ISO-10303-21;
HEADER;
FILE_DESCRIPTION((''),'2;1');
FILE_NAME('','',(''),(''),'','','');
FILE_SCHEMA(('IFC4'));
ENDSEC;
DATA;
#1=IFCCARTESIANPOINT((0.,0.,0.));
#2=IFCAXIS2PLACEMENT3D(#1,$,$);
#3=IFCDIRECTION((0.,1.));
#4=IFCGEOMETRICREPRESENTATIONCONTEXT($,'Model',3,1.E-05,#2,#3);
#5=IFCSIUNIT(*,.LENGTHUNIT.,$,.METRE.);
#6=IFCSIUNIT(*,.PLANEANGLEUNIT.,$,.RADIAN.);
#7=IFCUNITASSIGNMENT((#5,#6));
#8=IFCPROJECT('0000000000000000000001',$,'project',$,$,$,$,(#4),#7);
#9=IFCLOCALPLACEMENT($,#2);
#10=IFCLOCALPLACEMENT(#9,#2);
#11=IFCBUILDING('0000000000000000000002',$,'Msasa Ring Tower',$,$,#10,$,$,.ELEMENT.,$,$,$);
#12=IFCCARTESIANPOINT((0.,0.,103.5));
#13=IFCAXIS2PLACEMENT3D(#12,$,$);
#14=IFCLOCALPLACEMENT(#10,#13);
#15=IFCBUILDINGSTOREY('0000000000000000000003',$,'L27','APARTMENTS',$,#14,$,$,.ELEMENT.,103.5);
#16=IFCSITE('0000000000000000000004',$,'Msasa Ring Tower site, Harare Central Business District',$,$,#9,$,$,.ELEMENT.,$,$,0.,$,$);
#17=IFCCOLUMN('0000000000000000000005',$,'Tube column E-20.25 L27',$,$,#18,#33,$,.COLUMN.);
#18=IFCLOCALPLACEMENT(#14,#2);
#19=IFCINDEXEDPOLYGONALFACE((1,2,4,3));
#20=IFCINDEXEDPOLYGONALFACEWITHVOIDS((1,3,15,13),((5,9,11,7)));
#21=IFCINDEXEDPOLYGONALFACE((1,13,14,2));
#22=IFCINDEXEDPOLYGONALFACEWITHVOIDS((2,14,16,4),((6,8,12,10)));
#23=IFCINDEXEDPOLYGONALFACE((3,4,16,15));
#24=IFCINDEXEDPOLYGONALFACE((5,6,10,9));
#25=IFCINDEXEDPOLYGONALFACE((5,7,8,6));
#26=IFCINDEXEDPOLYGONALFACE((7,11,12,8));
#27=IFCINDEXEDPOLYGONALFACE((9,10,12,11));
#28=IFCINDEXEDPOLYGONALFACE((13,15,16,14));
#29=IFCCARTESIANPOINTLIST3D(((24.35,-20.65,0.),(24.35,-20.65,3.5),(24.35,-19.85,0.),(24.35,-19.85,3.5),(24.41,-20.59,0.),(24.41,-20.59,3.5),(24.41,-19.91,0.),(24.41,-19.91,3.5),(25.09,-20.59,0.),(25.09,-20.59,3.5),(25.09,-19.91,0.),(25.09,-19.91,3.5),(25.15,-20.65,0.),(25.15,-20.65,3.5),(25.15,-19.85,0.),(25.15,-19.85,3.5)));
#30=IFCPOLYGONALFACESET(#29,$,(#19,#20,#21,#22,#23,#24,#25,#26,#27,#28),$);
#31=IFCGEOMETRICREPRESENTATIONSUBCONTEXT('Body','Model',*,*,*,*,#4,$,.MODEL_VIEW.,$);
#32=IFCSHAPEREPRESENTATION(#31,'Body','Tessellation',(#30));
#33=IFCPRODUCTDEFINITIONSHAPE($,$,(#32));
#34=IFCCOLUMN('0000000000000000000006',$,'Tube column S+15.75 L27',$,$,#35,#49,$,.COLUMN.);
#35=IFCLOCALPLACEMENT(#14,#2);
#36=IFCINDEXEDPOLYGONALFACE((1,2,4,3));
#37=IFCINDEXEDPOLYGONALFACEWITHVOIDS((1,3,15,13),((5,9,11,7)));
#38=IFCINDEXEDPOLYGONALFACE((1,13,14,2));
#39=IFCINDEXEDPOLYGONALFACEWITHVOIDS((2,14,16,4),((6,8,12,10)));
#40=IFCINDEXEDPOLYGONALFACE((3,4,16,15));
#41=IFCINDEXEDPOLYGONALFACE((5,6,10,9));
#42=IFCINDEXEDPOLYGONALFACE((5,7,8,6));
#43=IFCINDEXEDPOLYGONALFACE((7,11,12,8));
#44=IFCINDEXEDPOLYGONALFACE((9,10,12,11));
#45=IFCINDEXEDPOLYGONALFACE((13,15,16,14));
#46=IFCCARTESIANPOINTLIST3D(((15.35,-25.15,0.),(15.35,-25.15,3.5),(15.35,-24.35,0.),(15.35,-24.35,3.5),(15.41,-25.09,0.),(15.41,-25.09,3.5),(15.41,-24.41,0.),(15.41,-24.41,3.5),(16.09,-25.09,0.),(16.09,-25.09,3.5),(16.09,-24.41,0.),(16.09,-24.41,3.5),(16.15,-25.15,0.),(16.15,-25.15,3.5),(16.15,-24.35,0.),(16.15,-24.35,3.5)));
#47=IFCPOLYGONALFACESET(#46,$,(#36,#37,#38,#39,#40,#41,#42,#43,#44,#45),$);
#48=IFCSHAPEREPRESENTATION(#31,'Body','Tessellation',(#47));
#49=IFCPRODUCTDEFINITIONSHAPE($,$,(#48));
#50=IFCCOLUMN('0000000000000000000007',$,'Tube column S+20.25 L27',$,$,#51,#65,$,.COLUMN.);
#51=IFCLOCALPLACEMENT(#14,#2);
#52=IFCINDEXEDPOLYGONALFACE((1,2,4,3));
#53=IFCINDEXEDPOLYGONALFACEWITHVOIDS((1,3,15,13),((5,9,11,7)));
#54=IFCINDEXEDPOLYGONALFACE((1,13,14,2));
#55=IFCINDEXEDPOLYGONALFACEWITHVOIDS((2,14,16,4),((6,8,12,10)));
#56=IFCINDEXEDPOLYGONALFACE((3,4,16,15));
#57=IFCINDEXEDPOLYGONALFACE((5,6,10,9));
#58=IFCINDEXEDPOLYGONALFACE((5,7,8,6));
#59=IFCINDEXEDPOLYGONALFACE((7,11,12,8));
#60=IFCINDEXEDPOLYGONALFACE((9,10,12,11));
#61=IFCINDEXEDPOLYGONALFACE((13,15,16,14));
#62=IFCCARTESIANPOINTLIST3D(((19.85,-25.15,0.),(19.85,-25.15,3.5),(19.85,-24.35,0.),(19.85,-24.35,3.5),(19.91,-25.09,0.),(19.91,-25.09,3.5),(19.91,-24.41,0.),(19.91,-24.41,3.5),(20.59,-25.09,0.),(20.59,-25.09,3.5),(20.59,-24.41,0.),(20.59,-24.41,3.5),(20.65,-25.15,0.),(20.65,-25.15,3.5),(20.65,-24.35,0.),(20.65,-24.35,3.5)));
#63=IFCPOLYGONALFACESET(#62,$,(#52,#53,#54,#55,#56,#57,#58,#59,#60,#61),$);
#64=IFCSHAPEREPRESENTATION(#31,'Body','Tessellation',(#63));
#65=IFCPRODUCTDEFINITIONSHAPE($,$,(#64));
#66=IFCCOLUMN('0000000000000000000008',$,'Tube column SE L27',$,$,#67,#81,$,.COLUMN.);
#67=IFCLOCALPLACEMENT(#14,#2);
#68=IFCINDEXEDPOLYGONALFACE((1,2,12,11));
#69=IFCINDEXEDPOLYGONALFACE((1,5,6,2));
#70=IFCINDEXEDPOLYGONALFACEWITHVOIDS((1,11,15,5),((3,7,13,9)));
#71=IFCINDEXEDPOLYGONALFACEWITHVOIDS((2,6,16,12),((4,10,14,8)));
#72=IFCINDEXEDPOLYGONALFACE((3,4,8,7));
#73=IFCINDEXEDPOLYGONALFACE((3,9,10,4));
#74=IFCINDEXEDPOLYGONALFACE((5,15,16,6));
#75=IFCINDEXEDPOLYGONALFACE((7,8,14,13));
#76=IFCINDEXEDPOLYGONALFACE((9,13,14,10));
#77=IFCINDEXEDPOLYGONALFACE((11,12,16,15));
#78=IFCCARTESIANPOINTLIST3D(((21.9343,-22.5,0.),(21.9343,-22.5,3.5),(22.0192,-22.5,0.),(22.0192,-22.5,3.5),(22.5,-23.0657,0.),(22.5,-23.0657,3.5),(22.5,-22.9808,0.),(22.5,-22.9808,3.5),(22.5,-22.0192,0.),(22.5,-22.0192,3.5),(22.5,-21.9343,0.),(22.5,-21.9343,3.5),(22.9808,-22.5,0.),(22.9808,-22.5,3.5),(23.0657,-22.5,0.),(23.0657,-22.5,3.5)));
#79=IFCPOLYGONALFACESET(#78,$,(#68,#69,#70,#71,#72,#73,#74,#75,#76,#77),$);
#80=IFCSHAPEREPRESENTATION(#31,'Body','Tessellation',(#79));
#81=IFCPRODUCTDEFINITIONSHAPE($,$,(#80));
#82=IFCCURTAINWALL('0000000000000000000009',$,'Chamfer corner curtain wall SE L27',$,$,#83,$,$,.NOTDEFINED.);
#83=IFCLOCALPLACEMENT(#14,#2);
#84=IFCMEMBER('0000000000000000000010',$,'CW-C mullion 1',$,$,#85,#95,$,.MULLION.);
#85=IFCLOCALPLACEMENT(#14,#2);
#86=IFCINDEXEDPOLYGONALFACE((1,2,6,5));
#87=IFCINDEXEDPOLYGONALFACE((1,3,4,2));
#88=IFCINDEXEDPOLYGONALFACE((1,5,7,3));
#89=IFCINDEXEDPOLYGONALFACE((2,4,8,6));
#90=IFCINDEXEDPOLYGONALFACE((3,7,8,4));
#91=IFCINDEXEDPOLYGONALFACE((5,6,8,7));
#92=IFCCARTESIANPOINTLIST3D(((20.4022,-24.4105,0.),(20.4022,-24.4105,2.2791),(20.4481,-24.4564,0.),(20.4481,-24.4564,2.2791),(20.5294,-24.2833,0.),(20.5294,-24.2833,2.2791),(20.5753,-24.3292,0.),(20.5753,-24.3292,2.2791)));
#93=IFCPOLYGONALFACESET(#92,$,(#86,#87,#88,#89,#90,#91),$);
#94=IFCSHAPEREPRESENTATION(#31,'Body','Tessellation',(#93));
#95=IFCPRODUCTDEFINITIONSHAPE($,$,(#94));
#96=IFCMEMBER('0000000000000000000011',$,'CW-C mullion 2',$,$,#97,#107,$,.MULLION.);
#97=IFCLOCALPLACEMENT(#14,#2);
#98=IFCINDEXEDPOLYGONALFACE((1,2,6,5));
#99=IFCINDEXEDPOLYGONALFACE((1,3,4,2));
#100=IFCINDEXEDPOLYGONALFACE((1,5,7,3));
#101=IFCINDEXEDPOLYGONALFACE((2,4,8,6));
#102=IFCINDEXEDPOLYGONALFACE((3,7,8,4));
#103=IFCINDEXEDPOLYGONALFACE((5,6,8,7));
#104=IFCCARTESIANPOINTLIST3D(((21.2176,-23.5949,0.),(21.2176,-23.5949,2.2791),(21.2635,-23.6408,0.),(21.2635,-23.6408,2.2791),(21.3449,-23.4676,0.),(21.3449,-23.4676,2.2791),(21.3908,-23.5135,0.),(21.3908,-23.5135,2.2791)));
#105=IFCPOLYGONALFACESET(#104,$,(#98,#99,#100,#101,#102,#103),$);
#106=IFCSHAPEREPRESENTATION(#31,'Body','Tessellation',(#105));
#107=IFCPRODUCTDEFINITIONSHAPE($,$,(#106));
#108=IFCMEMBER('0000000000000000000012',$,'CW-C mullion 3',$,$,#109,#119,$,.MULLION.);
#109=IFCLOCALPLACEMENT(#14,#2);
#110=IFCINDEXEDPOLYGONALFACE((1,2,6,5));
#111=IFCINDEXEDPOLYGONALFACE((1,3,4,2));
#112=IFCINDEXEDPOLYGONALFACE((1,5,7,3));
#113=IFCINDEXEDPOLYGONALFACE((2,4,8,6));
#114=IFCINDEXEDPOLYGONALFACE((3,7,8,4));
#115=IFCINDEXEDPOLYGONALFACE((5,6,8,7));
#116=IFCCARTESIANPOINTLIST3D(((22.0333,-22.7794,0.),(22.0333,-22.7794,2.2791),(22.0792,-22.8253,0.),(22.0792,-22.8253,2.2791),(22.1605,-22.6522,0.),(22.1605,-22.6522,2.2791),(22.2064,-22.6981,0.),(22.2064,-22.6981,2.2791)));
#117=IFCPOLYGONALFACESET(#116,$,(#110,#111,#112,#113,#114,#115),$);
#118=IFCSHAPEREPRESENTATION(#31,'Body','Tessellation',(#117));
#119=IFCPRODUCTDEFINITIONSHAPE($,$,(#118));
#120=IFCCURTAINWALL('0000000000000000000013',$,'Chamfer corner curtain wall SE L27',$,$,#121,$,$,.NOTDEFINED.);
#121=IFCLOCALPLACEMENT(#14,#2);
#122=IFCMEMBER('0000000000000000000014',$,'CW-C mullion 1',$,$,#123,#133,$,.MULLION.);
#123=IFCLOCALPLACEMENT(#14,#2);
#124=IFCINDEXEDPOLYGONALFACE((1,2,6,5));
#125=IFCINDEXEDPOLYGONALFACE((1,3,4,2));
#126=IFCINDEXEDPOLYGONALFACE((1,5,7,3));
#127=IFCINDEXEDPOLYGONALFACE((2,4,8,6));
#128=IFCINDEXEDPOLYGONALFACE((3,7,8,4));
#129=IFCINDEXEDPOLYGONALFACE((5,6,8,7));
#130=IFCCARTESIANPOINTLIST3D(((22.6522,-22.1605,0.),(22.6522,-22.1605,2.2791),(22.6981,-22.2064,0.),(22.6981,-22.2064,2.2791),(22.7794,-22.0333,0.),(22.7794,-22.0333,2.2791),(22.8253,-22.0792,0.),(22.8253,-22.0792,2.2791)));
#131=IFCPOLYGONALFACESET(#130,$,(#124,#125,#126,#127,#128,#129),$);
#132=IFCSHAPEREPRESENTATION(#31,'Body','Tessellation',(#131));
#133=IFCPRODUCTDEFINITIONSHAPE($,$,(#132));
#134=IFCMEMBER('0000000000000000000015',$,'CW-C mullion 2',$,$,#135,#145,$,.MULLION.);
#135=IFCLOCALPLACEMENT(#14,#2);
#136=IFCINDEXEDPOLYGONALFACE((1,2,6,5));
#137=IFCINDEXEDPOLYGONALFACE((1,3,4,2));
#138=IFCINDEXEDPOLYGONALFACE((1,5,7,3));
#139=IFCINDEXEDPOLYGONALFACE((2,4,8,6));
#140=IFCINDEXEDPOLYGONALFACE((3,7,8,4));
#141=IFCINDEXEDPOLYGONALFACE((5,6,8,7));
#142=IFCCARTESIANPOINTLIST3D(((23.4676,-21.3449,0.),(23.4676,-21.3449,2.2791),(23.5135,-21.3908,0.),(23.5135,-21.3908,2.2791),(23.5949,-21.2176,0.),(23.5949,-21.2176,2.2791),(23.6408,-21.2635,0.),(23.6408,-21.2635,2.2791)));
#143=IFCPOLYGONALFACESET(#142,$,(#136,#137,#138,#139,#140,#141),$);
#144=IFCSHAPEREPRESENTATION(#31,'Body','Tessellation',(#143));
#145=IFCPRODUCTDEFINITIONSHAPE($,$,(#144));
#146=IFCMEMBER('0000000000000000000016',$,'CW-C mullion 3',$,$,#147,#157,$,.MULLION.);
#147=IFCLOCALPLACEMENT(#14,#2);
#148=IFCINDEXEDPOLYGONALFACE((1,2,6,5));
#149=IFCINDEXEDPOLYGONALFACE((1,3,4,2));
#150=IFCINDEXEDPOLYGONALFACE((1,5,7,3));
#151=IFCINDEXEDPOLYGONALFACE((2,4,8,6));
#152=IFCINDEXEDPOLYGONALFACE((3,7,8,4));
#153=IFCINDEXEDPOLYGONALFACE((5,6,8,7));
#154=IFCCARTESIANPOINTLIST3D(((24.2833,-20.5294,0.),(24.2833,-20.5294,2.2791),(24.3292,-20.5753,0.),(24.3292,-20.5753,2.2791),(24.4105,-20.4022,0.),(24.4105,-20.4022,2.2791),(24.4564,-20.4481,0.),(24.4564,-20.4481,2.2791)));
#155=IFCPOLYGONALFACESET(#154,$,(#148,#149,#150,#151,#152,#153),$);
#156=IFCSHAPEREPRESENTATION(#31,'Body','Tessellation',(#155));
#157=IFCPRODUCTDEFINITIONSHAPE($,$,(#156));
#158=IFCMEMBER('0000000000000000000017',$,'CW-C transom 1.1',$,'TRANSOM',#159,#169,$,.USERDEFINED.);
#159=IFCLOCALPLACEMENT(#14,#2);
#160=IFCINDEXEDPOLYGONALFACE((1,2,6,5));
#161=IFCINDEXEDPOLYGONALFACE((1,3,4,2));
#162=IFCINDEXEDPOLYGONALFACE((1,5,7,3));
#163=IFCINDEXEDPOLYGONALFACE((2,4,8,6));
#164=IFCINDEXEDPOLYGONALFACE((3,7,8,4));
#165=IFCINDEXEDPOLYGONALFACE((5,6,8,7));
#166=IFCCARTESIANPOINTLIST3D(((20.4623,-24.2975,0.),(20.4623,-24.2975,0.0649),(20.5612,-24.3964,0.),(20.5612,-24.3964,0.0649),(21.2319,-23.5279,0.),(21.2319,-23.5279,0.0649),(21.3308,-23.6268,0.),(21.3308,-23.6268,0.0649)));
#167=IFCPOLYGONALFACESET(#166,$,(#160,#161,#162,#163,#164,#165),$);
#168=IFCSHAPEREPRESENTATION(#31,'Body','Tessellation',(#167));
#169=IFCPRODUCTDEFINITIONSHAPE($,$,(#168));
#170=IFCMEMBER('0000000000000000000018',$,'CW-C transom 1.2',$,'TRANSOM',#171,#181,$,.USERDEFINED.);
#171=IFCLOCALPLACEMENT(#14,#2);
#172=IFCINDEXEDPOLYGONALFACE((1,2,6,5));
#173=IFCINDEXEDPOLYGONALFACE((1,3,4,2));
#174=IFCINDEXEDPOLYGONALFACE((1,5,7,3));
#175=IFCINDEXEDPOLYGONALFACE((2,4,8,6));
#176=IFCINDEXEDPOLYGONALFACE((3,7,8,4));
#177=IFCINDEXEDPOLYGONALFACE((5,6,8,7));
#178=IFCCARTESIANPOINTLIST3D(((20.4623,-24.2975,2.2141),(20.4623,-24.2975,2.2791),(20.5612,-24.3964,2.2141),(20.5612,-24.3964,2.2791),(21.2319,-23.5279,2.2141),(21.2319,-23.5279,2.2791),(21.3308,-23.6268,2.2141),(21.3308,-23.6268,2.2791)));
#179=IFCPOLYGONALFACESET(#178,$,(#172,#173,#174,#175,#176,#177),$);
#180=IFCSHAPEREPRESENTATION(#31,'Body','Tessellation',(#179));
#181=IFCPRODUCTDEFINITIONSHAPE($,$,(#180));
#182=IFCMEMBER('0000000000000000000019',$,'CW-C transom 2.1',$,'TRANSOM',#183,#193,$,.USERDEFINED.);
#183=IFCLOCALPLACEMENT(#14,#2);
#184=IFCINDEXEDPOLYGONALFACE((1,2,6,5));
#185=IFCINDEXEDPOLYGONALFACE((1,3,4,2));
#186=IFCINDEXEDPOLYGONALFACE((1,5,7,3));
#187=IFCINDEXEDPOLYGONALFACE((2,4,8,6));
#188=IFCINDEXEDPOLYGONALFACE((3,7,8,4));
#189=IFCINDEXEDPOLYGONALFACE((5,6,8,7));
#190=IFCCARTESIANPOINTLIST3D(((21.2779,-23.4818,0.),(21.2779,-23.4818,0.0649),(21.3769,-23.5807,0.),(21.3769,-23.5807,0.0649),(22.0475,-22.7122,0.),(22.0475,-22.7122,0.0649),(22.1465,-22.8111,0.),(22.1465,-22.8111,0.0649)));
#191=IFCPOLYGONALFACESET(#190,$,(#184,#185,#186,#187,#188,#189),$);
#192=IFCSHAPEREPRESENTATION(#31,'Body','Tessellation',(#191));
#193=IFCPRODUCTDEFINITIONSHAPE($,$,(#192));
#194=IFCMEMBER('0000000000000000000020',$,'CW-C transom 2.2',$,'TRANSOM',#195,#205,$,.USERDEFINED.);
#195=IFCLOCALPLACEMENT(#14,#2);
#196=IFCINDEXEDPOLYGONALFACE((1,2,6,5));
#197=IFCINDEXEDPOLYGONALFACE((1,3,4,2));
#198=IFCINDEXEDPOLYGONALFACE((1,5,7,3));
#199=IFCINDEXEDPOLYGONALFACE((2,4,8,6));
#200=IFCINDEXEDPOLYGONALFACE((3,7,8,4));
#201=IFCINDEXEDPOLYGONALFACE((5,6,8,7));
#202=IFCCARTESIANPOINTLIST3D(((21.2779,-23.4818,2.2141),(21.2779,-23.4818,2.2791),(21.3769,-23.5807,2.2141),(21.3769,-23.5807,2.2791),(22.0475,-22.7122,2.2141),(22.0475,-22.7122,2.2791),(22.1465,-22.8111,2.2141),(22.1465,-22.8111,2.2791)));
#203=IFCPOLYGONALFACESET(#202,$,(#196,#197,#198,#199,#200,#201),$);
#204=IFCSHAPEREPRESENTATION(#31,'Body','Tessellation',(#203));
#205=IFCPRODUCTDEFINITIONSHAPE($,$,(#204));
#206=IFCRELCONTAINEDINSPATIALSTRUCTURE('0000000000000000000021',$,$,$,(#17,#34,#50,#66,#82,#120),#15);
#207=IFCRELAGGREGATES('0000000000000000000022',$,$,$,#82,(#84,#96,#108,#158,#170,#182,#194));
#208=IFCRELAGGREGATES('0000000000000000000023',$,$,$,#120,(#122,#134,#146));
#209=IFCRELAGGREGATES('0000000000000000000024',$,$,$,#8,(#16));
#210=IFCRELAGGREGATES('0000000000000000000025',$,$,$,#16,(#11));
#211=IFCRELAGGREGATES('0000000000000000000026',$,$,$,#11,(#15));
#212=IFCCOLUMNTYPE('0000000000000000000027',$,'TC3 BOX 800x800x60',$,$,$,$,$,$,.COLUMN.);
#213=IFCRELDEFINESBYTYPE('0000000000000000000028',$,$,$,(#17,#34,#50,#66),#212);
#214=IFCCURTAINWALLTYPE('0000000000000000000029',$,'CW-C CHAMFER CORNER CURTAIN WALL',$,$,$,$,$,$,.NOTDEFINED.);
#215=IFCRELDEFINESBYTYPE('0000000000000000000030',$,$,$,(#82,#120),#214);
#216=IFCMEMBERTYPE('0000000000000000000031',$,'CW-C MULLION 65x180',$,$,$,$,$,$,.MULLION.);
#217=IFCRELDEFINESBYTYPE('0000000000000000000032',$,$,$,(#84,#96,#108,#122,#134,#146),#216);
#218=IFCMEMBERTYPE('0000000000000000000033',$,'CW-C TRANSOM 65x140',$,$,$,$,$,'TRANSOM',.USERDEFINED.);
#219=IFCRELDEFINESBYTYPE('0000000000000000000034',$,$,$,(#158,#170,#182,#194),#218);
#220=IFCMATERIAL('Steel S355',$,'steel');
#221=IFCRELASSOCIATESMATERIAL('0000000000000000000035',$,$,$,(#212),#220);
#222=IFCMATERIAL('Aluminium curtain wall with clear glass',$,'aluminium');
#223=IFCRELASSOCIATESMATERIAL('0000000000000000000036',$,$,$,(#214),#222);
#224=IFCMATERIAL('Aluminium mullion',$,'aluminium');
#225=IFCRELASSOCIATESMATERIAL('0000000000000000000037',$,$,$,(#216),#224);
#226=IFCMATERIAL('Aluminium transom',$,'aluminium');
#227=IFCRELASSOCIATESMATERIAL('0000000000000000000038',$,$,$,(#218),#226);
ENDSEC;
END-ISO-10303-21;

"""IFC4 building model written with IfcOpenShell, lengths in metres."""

from ifc_helpers import new_model, si_unit, direction, frame, origin, origin_2d, place, context, subcontext, project, spatial, rectangle, hollow_rectangle, extrude, material, material_profile, profile_set, type_object, element, aggregate, save


model = new_model("IFC4")

# Units and contexts
model_context = context("Model", 3, precision=1e-05, world=origin(), true_north=direction((0.0, 1.0)))
body_context = subcontext(model_context, "Body", "Model", "MODEL_VIEW")
ifc_project = project(units=[si_unit("LENGTHUNIT", "METRE"), si_unit("PLANEANGLEUNIT", "RADIAN")], contexts=[model_context])

# Site, building, storey
site_placement = place(None, origin())
site = spatial("IfcSite", under=ifc_project, at=site_placement, Name="Msasa Ring Tower site, Harare Central Business District", CompositionType="ELEMENT", RefElevation=0.0)
building_placement = place(site_placement, origin())
building = spatial("IfcBuilding", under=site, at=building_placement, Name="Msasa Ring Tower", CompositionType="ELEMENT")
storey_placement = place(building_placement, frame((0.0, 0.0, 103.5)))
storey = spatial("IfcBuildingStorey", under=building, at=storey_placement, Name="L27", Description="APARTMENTS", CompositionType="ELEMENT", Elevation=103.5)

# Columns
ifc_material_1 = material(Name="Steel S355", Category="steel")
ifc_material_profile_1 = material_profile(ifc_material_1, hollow_rectangle(XDim=0.8, YDim=0.8, WallThickness=0.0601, at=origin_2d()), Name="BOX 800x800x60")
ifc_profile_set_1 = profile_set([ifc_material_profile_1], Name="Steel S355")
column_type = type_object("IfcColumnType", Name="TC3 BOX 800x800x60", PredefinedType="COLUMN", material=ifc_profile_set_1)
for number, where, z_axis, x_axis, name in (
    (1, (24.75, -20.25, 0.0), (0.0, 0.0, 1.0), (1.0, 0.0, 0.0), "Tube column E-20.25 L27"),
    (2, (15.75, -24.75, 0.0), (0.0, 0.0, 1.0), (0.0, 1.0, 0.0), "Tube column S+15.75 L27"),
    (3, (20.25, -24.75, 0.0), (0.0, 0.0, 1.0), (0.0, 1.0, 0.0), "Tube column S+20.25 L27"),
    (4, (22.5, -22.5, 0.0), (0.0, 0.0, 1.0), (0.707107, -0.707107, 0.0), "Tube column SE L27"),
):
    element("IfcColumn", number, at=place(storey_placement, frame(where, z_axis=z_axis, x_axis=x_axis)), inside=storey, type_object=column_type, Name=name, PredefinedType="COLUMN", context=body_context, shape_type="SweptSolid", body=[
        extrude(hollow_rectangle(XDim=0.8, YDim=0.8, WallThickness=0.0601, at=origin_2d()), origin(), (0.0, 0.0, 1.0), 3.5),
    ])

# Curtain walls, members
ifc_material_2 = material(Name="Aluminium curtain wall with clear glass", Category="aluminium")
curtain_wall_type = type_object("IfcCurtainWallType", Name="CW-C CHAMFER CORNER CURTAIN WALL", PredefinedType="NOTDEFINED", material=ifc_material_2)
curtain_wall_1_placement = place(storey_placement, origin())
curtain_wall_1 = element("IfcCurtainWall", 5, at=curtain_wall_1_placement, inside=storey, type_object=curtain_wall_type, Name="Chamfer corner curtain wall SE L27", PredefinedType="NOTDEFINED")
ifc_material_3 = material(Name="Aluminium mullion", Category="aluminium")
ifc_material_profile_2 = material_profile(ifc_material_3, rectangle(XDim=0.0649, YDim=0.1799, at=origin_2d()), Name="AL 65x180")
ifc_profile_set_2 = profile_set([ifc_material_profile_2], Name="Aluminium mullion")
member_type_1 = type_object("IfcMemberType", Name="CW-C MULLION 65x180", PredefinedType="MULLION", material=ifc_profile_set_2)
member_1_placement = place(storey_placement, frame((20.4888, -24.3699, 0.0), z_axis=(0.0, 0.0, 1.0), x_axis=(-0.707107, 0.707107, 0.0)))
member_1 = element("IfcMember", 6, at=member_1_placement, type_object=member_type_1, Name="CW-C mullion 1", PredefinedType="MULLION", context=body_context, shape_type="SweptSolid", body=[
    extrude(rectangle(XDim=0.0649, YDim=0.1799, at=origin_2d()), origin(), (0.0, 0.0, 1.0), 2.2791),
])
member_2_placement = place(storey_placement, frame((21.3042, -23.5542, 0.0), z_axis=(0.0, 0.0, 1.0), x_axis=(-0.707107, 0.707107, 0.0)))
member_2 = element("IfcMember", 7, at=member_2_placement, type_object=member_type_1, Name="CW-C mullion 2", PredefinedType="MULLION", context=body_context, shape_type="SweptSolid", body=[
    extrude(rectangle(XDim=0.0649, YDim=0.1799, at=origin_2d()), origin(), (0.0, 0.0, 1.0), 2.2791),
])
member_3_placement = place(storey_placement, frame((22.1199, -22.7388, 0.0), z_axis=(0.0, 0.0, 1.0), x_axis=(-0.707107, 0.707107, 0.0)))
member_3 = element("IfcMember", 8, at=member_3_placement, type_object=member_type_1, Name="CW-C mullion 3", PredefinedType="MULLION", context=body_context, shape_type="SweptSolid", body=[
    extrude(rectangle(XDim=0.0649, YDim=0.1799, at=origin_2d()), origin(), (0.0, 0.0, 1.0), 2.2791),
])
curtain_wall_2_placement = place(storey_placement, origin())
curtain_wall_2 = element("IfcCurtainWall", 9, at=curtain_wall_2_placement, inside=storey, type_object=curtain_wall_type, Name="Chamfer corner curtain wall SE L27", PredefinedType="NOTDEFINED")
member_4_placement = place(storey_placement, frame((22.7388, -22.1199, 0.0), z_axis=(0.0, 0.0, 1.0), x_axis=(-0.707107, 0.707107, 0.0)))
member_4 = element("IfcMember", 10, at=member_4_placement, type_object=member_type_1, Name="CW-C mullion 1", PredefinedType="MULLION", context=body_context, shape_type="SweptSolid", body=[
    extrude(rectangle(XDim=0.0649, YDim=0.1799, at=origin_2d()), origin(), (0.0, 0.0, 1.0), 2.2791),
])
member_5_placement = place(storey_placement, frame((23.5542, -21.3042, 0.0), z_axis=(0.0, 0.0, 1.0), x_axis=(-0.707107, 0.707107, 0.0)))
member_5 = element("IfcMember", 11, at=member_5_placement, type_object=member_type_1, Name="CW-C mullion 2", PredefinedType="MULLION", context=body_context, shape_type="SweptSolid", body=[
    extrude(rectangle(XDim=0.0649, YDim=0.1799, at=origin_2d()), origin(), (0.0, 0.0, 1.0), 2.2791),
])
member_6_placement = place(storey_placement, frame((24.3699, -20.4888, 0.0), z_axis=(0.0, 0.0, 1.0), x_axis=(-0.707107, 0.707107, 0.0)))
member_6 = element("IfcMember", 12, at=member_6_placement, type_object=member_type_1, Name="CW-C mullion 3", PredefinedType="MULLION", context=body_context, shape_type="SweptSolid", body=[
    extrude(rectangle(XDim=0.0649, YDim=0.1799, at=origin_2d()), origin(), (0.0, 0.0, 1.0), 2.2791),
])

# Members
ifc_material_4 = material(Name="Aluminium transom", Category="aluminium")
ifc_material_profile_3 = material_profile(ifc_material_4, rectangle(XDim=0.1399, YDim=0.0649, at=origin_2d()), Name="AL 65x140")
ifc_profile_set_3 = profile_set([ifc_material_profile_3], Name="Aluminium transom")
member_type_2 = type_object("IfcMemberType", Name="CW-C TRANSOM 65x140", ElementType="TRANSOM", PredefinedType="USERDEFINED", material=ifc_profile_set_3)
member_7_placement = place(storey_placement, frame((20.5117, -24.3469, 0.0325), z_axis=(0.707107, 0.707107, 0.0), x_axis=(-0.707107, 0.707107, 0.0)))
member_7 = element("IfcMember", 13, at=member_7_placement, type_object=member_type_2, Name="CW-C transom 1.1", ObjectType="TRANSOM", PredefinedType="USERDEFINED", context=body_context, shape_type="SweptSolid", body=[
    extrude(rectangle(XDim=0.1399, YDim=0.0649, at=origin_2d()), origin(), (0.0, 0.0, 1.0), 1.0884),
])
member_8_placement = place(storey_placement, frame((20.5117, -24.3469, 2.2466), z_axis=(0.707107, 0.707107, 0.0), x_axis=(-0.707107, 0.707107, 0.0)))
member_8 = element("IfcMember", 14, at=member_8_placement, type_object=member_type_2, Name="CW-C transom 1.2", ObjectType="TRANSOM", PredefinedType="USERDEFINED", context=body_context, shape_type="SweptSolid", body=[
    extrude(rectangle(XDim=0.1399, YDim=0.0649, at=origin_2d()), origin(), (0.0, 0.0, 1.0), 1.0884),
])
member_9_placement = place(storey_placement, frame((21.3274, -23.5312, 0.0325), z_axis=(0.707107, 0.707107, 0.0), x_axis=(-0.707107, 0.707107, 0.0)))
member_9 = element("IfcMember", 15, at=member_9_placement, type_object=member_type_2, Name="CW-C transom 2.1", ObjectType="TRANSOM", PredefinedType="USERDEFINED", context=body_context, shape_type="SweptSolid", body=[
    extrude(rectangle(XDim=0.1399, YDim=0.0649, at=origin_2d()), origin(), (0.0, 0.0, 1.0), 1.0884),
])
member_10_placement = place(storey_placement, frame((21.3274, -23.5312, 2.2466), z_axis=(0.707107, 0.707107, 0.0), x_axis=(-0.707107, 0.707107, 0.0)))
member_10 = element("IfcMember", 16, at=member_10_placement, type_object=member_type_2, Name="CW-C transom 2.2", ObjectType="TRANSOM", PredefinedType="USERDEFINED", context=body_context, shape_type="SweptSolid", body=[
    extrude(rectangle(XDim=0.1399, YDim=0.0649, at=origin_2d()), origin(), (0.0, 0.0, 1.0), 1.0884),
])

aggregate(curtain_wall_1, [member_1, member_2, member_3, member_7, member_8, member_9, member_10])
aggregate(curtain_wall_2, [member_4, member_5, member_6])

save(model, "model.ifc")
